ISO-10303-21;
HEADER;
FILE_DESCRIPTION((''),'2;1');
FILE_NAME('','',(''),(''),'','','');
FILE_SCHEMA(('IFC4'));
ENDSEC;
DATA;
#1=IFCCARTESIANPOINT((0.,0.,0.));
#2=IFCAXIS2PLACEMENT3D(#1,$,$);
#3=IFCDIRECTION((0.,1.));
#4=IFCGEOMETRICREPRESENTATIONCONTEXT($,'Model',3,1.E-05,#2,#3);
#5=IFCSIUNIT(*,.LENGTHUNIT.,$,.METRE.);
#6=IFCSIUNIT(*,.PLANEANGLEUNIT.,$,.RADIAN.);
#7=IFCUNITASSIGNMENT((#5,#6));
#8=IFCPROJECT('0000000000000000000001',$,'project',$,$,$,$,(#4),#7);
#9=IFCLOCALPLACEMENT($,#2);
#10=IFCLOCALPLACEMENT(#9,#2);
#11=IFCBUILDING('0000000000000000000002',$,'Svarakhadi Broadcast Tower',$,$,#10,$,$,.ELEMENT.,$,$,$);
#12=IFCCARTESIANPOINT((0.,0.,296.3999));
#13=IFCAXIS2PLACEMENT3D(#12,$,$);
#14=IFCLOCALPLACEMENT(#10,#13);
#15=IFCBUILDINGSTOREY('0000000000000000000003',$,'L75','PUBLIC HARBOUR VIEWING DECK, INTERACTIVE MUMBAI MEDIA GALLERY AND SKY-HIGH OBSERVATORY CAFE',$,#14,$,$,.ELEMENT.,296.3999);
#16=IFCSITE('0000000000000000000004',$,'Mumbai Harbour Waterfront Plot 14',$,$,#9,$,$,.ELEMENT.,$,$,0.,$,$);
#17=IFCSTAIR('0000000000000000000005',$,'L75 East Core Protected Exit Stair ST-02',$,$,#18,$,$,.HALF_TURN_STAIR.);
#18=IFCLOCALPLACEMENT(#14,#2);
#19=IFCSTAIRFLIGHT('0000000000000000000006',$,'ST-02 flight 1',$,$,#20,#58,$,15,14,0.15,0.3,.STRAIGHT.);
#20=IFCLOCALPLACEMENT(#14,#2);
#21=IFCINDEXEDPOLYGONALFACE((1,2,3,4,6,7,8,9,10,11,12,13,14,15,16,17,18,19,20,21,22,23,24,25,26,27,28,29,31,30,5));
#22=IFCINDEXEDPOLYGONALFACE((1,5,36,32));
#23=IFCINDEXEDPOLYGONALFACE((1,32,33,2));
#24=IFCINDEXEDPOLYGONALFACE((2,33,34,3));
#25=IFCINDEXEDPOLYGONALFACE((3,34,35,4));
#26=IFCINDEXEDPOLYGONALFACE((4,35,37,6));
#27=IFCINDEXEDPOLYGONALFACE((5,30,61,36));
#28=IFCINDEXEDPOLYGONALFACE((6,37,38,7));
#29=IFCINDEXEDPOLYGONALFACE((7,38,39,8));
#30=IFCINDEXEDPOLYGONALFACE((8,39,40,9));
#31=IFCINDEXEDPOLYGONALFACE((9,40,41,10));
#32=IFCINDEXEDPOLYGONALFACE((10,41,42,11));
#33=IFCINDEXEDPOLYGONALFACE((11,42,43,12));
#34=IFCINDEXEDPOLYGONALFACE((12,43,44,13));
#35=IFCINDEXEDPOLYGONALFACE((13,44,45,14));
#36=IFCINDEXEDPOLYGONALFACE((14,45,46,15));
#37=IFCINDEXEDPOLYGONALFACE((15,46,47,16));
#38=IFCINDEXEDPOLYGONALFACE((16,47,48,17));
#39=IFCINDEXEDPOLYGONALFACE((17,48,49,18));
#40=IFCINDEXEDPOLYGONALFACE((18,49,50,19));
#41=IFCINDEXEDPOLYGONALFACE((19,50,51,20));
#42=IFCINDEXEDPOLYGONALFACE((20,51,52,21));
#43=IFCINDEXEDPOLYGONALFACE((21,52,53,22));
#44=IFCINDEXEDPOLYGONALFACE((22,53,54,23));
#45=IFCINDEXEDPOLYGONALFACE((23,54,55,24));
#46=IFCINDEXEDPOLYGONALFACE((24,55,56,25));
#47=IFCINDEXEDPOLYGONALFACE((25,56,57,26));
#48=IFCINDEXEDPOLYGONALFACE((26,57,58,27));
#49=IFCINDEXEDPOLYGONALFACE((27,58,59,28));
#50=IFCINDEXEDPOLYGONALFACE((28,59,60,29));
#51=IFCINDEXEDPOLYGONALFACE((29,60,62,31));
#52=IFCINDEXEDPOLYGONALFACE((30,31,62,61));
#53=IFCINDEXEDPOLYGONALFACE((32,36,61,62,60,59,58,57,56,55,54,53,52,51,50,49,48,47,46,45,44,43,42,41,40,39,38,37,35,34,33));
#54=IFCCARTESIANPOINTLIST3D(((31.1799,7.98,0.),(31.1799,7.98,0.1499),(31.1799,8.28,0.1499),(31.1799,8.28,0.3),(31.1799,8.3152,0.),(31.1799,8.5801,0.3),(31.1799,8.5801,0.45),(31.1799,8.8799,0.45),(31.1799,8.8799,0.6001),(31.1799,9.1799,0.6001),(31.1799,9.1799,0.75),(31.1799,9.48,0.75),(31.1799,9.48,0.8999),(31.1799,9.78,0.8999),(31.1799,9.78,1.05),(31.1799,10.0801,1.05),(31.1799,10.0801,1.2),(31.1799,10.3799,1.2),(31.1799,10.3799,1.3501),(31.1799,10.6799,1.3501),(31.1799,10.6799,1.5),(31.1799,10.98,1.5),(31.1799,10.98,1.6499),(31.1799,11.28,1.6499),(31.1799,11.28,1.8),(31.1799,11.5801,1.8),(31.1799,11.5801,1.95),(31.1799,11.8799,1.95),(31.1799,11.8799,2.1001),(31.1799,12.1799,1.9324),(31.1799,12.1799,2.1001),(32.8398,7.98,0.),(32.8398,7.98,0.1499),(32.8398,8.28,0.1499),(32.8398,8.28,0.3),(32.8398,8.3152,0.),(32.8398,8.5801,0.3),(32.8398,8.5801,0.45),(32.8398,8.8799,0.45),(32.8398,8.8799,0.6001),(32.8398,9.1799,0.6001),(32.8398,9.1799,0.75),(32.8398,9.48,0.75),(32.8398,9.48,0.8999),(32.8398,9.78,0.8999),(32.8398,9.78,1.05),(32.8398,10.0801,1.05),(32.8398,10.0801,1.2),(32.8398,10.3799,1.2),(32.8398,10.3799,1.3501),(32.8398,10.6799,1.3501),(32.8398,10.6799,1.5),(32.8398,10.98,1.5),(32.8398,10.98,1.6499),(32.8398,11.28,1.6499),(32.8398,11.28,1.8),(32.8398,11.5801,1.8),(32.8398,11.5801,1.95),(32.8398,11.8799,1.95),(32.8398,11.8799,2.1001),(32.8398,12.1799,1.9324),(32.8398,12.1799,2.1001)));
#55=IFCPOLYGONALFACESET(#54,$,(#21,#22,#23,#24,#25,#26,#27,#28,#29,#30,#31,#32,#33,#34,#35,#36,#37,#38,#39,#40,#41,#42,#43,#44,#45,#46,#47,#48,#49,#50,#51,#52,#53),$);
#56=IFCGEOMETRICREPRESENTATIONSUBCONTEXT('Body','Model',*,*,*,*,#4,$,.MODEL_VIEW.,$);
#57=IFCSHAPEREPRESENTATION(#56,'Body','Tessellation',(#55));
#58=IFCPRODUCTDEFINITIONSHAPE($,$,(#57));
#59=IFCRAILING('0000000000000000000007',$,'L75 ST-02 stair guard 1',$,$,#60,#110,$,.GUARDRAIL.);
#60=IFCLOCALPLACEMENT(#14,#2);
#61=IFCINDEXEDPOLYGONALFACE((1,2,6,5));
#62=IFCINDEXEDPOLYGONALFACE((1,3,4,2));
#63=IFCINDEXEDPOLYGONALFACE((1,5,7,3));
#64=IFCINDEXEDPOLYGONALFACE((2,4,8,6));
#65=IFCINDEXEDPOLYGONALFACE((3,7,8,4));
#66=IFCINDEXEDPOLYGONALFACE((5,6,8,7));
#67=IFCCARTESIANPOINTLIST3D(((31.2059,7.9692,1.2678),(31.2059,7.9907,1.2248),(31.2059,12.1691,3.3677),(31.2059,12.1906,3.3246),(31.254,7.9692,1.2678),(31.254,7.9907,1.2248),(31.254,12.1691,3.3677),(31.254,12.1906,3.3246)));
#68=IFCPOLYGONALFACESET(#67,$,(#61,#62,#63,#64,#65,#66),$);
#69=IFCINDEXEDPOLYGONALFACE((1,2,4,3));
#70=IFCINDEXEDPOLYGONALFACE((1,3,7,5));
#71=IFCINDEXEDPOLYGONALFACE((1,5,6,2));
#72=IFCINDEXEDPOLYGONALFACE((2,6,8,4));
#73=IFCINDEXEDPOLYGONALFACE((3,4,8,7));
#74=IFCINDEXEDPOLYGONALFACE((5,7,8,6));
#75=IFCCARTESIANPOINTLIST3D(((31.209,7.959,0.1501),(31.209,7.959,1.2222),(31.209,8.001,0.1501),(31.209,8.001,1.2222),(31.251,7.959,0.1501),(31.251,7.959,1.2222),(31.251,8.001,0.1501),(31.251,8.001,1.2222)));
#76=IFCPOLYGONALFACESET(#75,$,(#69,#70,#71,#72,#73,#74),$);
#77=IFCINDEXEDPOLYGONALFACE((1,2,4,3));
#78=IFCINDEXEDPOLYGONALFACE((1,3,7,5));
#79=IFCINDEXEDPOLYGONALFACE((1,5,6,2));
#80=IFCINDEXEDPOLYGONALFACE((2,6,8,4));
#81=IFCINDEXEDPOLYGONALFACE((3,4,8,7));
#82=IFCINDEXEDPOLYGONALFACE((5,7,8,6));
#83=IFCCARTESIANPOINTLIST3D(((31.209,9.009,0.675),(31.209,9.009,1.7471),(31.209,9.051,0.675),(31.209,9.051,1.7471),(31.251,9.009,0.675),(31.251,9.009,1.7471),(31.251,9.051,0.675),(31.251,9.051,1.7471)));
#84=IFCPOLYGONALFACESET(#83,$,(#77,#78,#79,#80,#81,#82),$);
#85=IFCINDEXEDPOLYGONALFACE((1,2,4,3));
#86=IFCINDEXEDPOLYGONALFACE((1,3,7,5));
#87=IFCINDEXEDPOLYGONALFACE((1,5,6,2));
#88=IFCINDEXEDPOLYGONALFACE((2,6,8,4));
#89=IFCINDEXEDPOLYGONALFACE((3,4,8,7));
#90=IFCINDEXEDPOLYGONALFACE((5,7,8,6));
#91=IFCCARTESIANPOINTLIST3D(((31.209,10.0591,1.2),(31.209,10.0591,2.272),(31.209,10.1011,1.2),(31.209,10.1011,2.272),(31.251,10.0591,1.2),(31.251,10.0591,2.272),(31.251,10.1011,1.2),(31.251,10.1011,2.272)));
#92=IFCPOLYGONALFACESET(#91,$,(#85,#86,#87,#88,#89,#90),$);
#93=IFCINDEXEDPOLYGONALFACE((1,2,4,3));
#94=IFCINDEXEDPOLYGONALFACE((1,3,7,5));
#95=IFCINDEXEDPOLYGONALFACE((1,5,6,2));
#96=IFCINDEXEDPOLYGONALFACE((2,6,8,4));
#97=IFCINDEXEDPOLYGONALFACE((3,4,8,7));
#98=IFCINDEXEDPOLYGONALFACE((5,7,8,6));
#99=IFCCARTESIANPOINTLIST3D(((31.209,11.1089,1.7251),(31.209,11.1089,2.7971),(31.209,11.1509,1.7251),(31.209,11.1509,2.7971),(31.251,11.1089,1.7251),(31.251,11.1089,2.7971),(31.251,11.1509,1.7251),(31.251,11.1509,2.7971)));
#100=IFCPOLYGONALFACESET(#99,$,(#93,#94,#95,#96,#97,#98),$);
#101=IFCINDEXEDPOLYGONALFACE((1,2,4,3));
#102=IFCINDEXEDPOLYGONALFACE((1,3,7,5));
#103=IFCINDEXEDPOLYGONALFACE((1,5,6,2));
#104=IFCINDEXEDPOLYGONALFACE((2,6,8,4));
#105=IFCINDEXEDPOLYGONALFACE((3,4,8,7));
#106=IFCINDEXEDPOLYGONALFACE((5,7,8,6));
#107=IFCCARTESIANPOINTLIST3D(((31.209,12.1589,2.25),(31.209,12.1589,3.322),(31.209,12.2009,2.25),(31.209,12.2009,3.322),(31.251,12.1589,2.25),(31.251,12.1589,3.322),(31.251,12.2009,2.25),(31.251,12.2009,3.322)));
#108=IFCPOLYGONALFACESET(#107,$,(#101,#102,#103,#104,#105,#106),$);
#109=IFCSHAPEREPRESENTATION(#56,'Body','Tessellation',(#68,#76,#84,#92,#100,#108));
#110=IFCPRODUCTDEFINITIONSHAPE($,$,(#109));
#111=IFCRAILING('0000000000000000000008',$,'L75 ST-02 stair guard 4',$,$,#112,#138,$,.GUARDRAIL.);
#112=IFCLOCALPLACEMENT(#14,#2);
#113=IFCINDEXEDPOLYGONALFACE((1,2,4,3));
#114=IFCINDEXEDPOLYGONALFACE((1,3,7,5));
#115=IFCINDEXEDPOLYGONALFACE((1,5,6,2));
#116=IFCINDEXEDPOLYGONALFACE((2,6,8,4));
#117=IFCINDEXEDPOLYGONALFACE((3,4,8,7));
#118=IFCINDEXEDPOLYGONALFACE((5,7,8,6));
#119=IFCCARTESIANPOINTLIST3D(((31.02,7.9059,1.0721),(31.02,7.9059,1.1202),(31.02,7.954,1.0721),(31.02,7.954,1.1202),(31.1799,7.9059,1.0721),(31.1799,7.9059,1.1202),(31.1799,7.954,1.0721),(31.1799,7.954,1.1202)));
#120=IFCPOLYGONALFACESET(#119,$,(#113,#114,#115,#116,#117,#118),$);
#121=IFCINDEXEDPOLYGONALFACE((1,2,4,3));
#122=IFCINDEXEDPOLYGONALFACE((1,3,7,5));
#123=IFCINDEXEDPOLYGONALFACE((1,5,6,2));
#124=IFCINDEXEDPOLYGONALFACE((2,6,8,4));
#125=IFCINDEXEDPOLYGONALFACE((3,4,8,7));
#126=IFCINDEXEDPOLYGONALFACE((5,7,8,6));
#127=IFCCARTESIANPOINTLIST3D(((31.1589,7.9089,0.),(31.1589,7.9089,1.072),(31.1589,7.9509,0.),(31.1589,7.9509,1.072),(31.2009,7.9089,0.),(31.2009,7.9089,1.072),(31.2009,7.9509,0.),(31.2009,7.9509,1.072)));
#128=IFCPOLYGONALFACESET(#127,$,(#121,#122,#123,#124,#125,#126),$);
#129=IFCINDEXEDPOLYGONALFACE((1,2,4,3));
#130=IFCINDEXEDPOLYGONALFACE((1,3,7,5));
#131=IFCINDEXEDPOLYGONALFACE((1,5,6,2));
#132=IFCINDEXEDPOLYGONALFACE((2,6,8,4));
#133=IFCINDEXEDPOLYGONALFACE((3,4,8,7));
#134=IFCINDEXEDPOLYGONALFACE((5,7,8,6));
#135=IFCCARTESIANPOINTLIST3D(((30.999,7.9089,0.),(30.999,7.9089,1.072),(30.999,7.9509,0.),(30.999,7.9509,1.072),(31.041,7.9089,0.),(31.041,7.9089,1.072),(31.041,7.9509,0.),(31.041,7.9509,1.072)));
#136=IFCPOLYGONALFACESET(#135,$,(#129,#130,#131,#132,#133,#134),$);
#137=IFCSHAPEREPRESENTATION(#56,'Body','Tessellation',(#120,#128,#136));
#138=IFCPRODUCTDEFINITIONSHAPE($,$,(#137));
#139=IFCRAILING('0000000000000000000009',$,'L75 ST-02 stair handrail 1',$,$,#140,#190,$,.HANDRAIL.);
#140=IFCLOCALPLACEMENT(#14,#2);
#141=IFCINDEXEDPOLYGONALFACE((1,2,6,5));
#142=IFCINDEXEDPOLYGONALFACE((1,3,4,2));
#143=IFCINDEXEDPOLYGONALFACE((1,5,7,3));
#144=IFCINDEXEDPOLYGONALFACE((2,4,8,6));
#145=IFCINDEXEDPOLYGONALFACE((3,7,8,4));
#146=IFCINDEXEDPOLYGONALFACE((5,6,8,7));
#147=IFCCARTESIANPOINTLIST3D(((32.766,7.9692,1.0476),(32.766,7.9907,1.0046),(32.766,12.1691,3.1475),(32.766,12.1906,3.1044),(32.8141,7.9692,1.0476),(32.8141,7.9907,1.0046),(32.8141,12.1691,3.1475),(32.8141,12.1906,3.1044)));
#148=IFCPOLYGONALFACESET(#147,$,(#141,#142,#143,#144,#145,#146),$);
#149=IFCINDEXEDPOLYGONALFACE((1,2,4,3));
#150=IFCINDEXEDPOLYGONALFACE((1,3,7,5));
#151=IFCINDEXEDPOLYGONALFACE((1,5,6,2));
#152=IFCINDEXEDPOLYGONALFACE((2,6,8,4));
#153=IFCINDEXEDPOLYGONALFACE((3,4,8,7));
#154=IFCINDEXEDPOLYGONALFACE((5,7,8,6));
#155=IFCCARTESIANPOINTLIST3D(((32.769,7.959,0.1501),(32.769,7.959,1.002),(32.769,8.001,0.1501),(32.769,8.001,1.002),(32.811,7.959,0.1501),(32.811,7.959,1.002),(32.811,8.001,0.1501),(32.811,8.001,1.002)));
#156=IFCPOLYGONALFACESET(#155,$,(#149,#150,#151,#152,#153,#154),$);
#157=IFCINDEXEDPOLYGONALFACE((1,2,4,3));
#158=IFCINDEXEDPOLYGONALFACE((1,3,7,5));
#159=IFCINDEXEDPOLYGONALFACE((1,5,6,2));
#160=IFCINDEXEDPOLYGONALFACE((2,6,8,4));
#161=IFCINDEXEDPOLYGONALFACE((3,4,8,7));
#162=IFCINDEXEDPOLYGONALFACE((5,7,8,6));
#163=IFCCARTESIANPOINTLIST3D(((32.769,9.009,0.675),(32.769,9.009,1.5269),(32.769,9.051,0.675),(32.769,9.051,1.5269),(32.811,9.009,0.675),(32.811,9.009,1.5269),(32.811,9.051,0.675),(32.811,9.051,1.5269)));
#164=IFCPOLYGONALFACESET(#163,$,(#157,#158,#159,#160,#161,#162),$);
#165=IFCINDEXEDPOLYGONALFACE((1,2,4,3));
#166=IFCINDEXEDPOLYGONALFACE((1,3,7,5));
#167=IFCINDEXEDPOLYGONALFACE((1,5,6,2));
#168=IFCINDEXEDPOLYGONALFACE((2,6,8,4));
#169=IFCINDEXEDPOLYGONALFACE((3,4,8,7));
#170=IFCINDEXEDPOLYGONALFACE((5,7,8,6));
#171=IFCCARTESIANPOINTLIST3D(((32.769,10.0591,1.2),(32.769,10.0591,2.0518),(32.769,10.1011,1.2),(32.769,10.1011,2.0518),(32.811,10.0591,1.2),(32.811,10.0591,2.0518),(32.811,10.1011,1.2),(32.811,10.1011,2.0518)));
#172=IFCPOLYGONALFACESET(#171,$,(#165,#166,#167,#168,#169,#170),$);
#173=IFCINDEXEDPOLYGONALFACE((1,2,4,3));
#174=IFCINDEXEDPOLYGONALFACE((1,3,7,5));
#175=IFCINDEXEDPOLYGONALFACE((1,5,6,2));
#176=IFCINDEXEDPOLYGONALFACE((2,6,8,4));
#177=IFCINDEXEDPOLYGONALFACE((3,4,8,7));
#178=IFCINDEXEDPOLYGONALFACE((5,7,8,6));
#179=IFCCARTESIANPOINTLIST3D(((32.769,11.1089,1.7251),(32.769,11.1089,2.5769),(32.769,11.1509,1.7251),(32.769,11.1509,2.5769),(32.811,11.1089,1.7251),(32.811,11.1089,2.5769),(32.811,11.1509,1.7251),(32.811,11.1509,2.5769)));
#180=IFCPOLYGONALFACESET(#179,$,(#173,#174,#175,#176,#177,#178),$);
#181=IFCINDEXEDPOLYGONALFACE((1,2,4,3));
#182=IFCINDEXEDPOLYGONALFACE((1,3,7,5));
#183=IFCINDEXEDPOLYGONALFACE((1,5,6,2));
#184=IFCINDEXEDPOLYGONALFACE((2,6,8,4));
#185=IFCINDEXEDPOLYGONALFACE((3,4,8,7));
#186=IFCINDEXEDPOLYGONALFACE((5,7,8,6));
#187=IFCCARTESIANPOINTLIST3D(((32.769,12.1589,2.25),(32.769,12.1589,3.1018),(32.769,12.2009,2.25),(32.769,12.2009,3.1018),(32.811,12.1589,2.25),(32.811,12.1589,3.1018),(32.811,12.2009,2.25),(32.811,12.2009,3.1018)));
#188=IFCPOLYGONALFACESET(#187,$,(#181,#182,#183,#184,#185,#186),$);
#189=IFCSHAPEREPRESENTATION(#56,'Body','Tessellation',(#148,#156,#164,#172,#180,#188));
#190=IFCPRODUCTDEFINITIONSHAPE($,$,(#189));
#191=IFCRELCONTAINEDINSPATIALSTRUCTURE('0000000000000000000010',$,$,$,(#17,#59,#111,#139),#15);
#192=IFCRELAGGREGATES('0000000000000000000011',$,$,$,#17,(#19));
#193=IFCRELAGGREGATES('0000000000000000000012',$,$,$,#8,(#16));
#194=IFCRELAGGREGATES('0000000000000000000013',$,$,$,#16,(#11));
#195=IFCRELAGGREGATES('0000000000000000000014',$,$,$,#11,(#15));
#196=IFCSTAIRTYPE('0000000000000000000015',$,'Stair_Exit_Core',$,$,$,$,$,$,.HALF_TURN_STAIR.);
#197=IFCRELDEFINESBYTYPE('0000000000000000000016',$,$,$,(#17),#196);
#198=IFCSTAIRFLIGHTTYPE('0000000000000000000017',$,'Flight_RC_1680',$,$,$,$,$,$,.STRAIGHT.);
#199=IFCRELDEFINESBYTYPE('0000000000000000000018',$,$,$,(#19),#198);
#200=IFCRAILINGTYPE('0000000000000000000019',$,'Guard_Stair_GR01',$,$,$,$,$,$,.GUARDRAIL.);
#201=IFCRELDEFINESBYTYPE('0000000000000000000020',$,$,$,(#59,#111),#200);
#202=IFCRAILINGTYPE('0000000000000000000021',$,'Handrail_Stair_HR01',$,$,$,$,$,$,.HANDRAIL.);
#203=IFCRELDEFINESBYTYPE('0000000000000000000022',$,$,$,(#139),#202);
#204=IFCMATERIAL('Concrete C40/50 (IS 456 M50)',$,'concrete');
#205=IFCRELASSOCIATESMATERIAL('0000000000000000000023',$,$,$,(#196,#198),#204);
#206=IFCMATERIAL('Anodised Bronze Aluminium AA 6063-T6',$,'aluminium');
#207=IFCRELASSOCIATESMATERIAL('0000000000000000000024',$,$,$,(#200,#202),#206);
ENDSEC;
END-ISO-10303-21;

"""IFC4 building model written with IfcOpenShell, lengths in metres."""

from ifc_helpers import new_model, si_unit, direction, frame, origin, origin_2d, place, context, subcontext, project, spatial, polyline, rectangle, outline, extrude, material, type_object, element, aggregate, save


model = new_model("IFC4")

# Units and contexts
model_context = context("Model", 3, precision=1e-05, world=origin(), true_north=direction((0.0, 1.0)))
body_context = subcontext(model_context, "Body", "Model", "MODEL_VIEW")
ifc_project = project(units=[si_unit("LENGTHUNIT", "METRE"), si_unit("PLANEANGLEUNIT", "RADIAN")], contexts=[model_context])

# Site, building, storey
site_placement = place(None, origin())
site = spatial("IfcSite", under=ifc_project, at=site_placement, Name="Mumbai Harbour Waterfront Plot 14", CompositionType="ELEMENT", RefElevation=0.0)
building_placement = place(site_placement, origin())
building = spatial("IfcBuilding", under=site, at=building_placement, Name="Svarakhadi Broadcast Tower", CompositionType="ELEMENT")
storey_placement = place(building_placement, frame((0.0, 0.0, 296.3999)))
storey = spatial("IfcBuildingStorey", under=building, at=storey_placement, Name="L75", Description="PUBLIC HARBOUR VIEWING DECK, INTERACTIVE MUMBAI MEDIA GALLERY AND SKY-HIGH OBSERVATORY CAFE", CompositionType="ELEMENT", Elevation=296.3999)

# Shared definitions
ifc_material_1 = material(Name="Anodised Bronze Aluminium AA 6063-T6", Category="aluminium")

# Shared definitions
ifc_material_2 = material(Name="Concrete C40/50 (IS 456 M50)", Category="concrete")

# Stair, stair flight
stair_type = type_object("IfcStairType", Name="Stair_Exit_Core", PredefinedType="HALF_TURN_STAIR", material=ifc_material_2)
stair_placement = place(storey_placement, origin())
stair = element("IfcStair", 1, at=stair_placement, inside=storey, type_object=stair_type, Name="L75 East Core Protected Exit Stair ST-02", PredefinedType="HALF_TURN_STAIR")
stair_flight_type = type_object("IfcStairFlightType", Name="Flight_RC_1680", PredefinedType="STRAIGHT", material=ifc_material_2)
stair_flight_placement = place(storey_placement, frame((32.01, 7.98, 0.0), z_axis=(0.0, 0.0, 1.0), x_axis=(0.0, 1.0, 0.0)))
stair_flight = element("IfcStairFlight", 2, at=stair_flight_placement, type_object=stair_flight_type, Name="ST-02 flight 1", NumberOfRisers=15, NumberOfTreads=14, PredefinedType="STRAIGHT", RiserHeight=0.15, TreadLength=0.3, context=body_context, shape_type="SweptSolid", body=[
    extrude(outline(polyline([(0.0, 0.0), (0.0, 0.1499), (0.3, 0.1499), (0.3, 0.3), (0.6001, 0.3), (0.6001, 0.45), (0.8999, 0.45), (0.8999, 0.6001), (1.2, 0.6001), (1.2, 0.75), (1.5, 0.75), (1.5, 0.8999), (1.8, 0.8999), (1.8, 1.05), (2.1001, 1.05), (2.1001, 1.2), (2.3999, 1.2), (2.3999, 1.3501), (2.7, 1.3501), (2.7, 1.5), (3.0, 1.5), (3.0, 1.6499), (3.3, 1.6499), (3.3, 1.8), (3.6001, 1.8), (3.6001, 1.95), (3.8999, 1.95), (3.8999, 2.1001), (4.2, 2.1001), (4.2, 2.25), (4.2, 1.9324), (0.3352, 0.0), (0.0, 0.0)])), frame((0.0, 0.8301, 0.0), z_axis=(0.0, -1.0, 0.0), x_axis=(1.0, 0.0, 0.0)), (0.0, 0.0, 1.0), 1.6599),
])
aggregate(stair, [stair_flight])

# Railings
railing_type_1 = type_object("IfcRailingType", Name="Guard_Stair_GR01", PredefinedType="GUARDRAIL", material=ifc_material_1)
railing_1_placement = place(storey_placement, frame((31.23, 7.98, 0.1501)))
element("IfcRailing", 3, at=railing_1_placement, inside=storey, type_object=railing_type_1, Name="L75 ST-02 stair guard 1", PredefinedType="GUARDRAIL", context=body_context, shape_type="SweptSolid", body=[
    extrude(rectangle(XDim=0.0481, YDim=0.0481, at=origin_2d()), frame((0.0, 0.0, 1.0962), z_axis=(0.0, 0.894438, 0.447193), x_axis=(-1.0, 0.0, 0.0)), (0.0, 0.0, 1.0), 4.6956),
    extrude(rectangle(XDim=0.042, YDim=0.042, at=origin_2d()), origin(), (0.0, 0.0, 1.0), 1.072),
    extrude(rectangle(XDim=0.042, YDim=0.042, at=origin_2d()), frame((0.0, 1.05, 0.5249)), (0.0, 0.0, 1.0), 1.072),
    extrude(rectangle(XDim=0.042, YDim=0.042, at=origin_2d()), frame((0.0, 2.1001, 1.0498)), (0.0, 0.0, 1.0), 1.072),
    extrude(rectangle(XDim=0.042, YDim=0.042, at=origin_2d()), frame((0.0, 3.1499, 1.575)), (0.0, 0.0, 1.0), 1.072),
    extrude(rectangle(XDim=0.042, YDim=0.042, at=origin_2d()), frame((0.0, 4.2, 2.0999)), (0.0, 0.0, 1.0), 1.072),
])
railing_2_placement = place(storey_placement, frame((31.1799, 7.9299, 0.0)))
element("IfcRailing", 4, at=railing_2_placement, inside=storey, type_object=railing_type_1, Name="L75 ST-02 stair guard 4", PredefinedType="GUARDRAIL", context=body_context, shape_type="SweptSolid", body=[
    extrude(rectangle(XDim=0.0481, YDim=0.0481, at=origin_2d()), frame((0.0, 0.0, 1.0962), z_axis=(-1.0, 0.0, 0.0), x_axis=(0.0, -1.0, 0.0)), (0.0, 0.0, 1.0), 0.1599),
    extrude(rectangle(XDim=0.042, YDim=0.042, at=origin_2d()), origin(), (0.0, 0.0, 1.0), 1.072),
    extrude(rectangle(XDim=0.042, YDim=0.042, at=origin_2d()), frame((-0.1599, 0.0, 0.0)), (0.0, 0.0, 1.0), 1.072),
])
railing_type_2 = type_object("IfcRailingType", Name="Handrail_Stair_HR01", PredefinedType="HANDRAIL", material=ifc_material_1)
railing_3_placement = place(storey_placement, frame((32.79, 7.98, 0.1501)))
element("IfcRailing", 5, at=railing_3_placement, inside=storey, type_object=railing_type_2, Name="L75 ST-02 stair handrail 1", PredefinedType="HANDRAIL", context=body_context, shape_type="SweptSolid", body=[
    extrude(rectangle(XDim=0.0481, YDim=0.0481, at=origin_2d()), frame((0.0, 0.0, 0.876), z_axis=(0.0, 0.894438, 0.447193), x_axis=(-1.0, 0.0, 0.0)), (0.0, 0.0, 1.0), 4.6956),
    extrude(rectangle(XDim=0.042, YDim=0.042, at=origin_2d()), origin(), (0.0, 0.0, 1.0), 0.8518),
    extrude(rectangle(XDim=0.042, YDim=0.042, at=origin_2d()), frame((0.0, 1.05, 0.5249)), (0.0, 0.0, 1.0), 0.8518),
    extrude(rectangle(XDim=0.042, YDim=0.042, at=origin_2d()), frame((0.0, 2.1001, 1.0498)), (0.0, 0.0, 1.0), 0.8518),
    extrude(rectangle(XDim=0.042, YDim=0.042, at=origin_2d()), frame((0.0, 3.1499, 1.575)), (0.0, 0.0, 1.0), 0.8518),
    extrude(rectangle(XDim=0.042, YDim=0.042, at=origin_2d()), frame((0.0, 4.2, 2.0999)), (0.0, 0.0, 1.0), 0.8518),
])

save(model, "model.ifc")
